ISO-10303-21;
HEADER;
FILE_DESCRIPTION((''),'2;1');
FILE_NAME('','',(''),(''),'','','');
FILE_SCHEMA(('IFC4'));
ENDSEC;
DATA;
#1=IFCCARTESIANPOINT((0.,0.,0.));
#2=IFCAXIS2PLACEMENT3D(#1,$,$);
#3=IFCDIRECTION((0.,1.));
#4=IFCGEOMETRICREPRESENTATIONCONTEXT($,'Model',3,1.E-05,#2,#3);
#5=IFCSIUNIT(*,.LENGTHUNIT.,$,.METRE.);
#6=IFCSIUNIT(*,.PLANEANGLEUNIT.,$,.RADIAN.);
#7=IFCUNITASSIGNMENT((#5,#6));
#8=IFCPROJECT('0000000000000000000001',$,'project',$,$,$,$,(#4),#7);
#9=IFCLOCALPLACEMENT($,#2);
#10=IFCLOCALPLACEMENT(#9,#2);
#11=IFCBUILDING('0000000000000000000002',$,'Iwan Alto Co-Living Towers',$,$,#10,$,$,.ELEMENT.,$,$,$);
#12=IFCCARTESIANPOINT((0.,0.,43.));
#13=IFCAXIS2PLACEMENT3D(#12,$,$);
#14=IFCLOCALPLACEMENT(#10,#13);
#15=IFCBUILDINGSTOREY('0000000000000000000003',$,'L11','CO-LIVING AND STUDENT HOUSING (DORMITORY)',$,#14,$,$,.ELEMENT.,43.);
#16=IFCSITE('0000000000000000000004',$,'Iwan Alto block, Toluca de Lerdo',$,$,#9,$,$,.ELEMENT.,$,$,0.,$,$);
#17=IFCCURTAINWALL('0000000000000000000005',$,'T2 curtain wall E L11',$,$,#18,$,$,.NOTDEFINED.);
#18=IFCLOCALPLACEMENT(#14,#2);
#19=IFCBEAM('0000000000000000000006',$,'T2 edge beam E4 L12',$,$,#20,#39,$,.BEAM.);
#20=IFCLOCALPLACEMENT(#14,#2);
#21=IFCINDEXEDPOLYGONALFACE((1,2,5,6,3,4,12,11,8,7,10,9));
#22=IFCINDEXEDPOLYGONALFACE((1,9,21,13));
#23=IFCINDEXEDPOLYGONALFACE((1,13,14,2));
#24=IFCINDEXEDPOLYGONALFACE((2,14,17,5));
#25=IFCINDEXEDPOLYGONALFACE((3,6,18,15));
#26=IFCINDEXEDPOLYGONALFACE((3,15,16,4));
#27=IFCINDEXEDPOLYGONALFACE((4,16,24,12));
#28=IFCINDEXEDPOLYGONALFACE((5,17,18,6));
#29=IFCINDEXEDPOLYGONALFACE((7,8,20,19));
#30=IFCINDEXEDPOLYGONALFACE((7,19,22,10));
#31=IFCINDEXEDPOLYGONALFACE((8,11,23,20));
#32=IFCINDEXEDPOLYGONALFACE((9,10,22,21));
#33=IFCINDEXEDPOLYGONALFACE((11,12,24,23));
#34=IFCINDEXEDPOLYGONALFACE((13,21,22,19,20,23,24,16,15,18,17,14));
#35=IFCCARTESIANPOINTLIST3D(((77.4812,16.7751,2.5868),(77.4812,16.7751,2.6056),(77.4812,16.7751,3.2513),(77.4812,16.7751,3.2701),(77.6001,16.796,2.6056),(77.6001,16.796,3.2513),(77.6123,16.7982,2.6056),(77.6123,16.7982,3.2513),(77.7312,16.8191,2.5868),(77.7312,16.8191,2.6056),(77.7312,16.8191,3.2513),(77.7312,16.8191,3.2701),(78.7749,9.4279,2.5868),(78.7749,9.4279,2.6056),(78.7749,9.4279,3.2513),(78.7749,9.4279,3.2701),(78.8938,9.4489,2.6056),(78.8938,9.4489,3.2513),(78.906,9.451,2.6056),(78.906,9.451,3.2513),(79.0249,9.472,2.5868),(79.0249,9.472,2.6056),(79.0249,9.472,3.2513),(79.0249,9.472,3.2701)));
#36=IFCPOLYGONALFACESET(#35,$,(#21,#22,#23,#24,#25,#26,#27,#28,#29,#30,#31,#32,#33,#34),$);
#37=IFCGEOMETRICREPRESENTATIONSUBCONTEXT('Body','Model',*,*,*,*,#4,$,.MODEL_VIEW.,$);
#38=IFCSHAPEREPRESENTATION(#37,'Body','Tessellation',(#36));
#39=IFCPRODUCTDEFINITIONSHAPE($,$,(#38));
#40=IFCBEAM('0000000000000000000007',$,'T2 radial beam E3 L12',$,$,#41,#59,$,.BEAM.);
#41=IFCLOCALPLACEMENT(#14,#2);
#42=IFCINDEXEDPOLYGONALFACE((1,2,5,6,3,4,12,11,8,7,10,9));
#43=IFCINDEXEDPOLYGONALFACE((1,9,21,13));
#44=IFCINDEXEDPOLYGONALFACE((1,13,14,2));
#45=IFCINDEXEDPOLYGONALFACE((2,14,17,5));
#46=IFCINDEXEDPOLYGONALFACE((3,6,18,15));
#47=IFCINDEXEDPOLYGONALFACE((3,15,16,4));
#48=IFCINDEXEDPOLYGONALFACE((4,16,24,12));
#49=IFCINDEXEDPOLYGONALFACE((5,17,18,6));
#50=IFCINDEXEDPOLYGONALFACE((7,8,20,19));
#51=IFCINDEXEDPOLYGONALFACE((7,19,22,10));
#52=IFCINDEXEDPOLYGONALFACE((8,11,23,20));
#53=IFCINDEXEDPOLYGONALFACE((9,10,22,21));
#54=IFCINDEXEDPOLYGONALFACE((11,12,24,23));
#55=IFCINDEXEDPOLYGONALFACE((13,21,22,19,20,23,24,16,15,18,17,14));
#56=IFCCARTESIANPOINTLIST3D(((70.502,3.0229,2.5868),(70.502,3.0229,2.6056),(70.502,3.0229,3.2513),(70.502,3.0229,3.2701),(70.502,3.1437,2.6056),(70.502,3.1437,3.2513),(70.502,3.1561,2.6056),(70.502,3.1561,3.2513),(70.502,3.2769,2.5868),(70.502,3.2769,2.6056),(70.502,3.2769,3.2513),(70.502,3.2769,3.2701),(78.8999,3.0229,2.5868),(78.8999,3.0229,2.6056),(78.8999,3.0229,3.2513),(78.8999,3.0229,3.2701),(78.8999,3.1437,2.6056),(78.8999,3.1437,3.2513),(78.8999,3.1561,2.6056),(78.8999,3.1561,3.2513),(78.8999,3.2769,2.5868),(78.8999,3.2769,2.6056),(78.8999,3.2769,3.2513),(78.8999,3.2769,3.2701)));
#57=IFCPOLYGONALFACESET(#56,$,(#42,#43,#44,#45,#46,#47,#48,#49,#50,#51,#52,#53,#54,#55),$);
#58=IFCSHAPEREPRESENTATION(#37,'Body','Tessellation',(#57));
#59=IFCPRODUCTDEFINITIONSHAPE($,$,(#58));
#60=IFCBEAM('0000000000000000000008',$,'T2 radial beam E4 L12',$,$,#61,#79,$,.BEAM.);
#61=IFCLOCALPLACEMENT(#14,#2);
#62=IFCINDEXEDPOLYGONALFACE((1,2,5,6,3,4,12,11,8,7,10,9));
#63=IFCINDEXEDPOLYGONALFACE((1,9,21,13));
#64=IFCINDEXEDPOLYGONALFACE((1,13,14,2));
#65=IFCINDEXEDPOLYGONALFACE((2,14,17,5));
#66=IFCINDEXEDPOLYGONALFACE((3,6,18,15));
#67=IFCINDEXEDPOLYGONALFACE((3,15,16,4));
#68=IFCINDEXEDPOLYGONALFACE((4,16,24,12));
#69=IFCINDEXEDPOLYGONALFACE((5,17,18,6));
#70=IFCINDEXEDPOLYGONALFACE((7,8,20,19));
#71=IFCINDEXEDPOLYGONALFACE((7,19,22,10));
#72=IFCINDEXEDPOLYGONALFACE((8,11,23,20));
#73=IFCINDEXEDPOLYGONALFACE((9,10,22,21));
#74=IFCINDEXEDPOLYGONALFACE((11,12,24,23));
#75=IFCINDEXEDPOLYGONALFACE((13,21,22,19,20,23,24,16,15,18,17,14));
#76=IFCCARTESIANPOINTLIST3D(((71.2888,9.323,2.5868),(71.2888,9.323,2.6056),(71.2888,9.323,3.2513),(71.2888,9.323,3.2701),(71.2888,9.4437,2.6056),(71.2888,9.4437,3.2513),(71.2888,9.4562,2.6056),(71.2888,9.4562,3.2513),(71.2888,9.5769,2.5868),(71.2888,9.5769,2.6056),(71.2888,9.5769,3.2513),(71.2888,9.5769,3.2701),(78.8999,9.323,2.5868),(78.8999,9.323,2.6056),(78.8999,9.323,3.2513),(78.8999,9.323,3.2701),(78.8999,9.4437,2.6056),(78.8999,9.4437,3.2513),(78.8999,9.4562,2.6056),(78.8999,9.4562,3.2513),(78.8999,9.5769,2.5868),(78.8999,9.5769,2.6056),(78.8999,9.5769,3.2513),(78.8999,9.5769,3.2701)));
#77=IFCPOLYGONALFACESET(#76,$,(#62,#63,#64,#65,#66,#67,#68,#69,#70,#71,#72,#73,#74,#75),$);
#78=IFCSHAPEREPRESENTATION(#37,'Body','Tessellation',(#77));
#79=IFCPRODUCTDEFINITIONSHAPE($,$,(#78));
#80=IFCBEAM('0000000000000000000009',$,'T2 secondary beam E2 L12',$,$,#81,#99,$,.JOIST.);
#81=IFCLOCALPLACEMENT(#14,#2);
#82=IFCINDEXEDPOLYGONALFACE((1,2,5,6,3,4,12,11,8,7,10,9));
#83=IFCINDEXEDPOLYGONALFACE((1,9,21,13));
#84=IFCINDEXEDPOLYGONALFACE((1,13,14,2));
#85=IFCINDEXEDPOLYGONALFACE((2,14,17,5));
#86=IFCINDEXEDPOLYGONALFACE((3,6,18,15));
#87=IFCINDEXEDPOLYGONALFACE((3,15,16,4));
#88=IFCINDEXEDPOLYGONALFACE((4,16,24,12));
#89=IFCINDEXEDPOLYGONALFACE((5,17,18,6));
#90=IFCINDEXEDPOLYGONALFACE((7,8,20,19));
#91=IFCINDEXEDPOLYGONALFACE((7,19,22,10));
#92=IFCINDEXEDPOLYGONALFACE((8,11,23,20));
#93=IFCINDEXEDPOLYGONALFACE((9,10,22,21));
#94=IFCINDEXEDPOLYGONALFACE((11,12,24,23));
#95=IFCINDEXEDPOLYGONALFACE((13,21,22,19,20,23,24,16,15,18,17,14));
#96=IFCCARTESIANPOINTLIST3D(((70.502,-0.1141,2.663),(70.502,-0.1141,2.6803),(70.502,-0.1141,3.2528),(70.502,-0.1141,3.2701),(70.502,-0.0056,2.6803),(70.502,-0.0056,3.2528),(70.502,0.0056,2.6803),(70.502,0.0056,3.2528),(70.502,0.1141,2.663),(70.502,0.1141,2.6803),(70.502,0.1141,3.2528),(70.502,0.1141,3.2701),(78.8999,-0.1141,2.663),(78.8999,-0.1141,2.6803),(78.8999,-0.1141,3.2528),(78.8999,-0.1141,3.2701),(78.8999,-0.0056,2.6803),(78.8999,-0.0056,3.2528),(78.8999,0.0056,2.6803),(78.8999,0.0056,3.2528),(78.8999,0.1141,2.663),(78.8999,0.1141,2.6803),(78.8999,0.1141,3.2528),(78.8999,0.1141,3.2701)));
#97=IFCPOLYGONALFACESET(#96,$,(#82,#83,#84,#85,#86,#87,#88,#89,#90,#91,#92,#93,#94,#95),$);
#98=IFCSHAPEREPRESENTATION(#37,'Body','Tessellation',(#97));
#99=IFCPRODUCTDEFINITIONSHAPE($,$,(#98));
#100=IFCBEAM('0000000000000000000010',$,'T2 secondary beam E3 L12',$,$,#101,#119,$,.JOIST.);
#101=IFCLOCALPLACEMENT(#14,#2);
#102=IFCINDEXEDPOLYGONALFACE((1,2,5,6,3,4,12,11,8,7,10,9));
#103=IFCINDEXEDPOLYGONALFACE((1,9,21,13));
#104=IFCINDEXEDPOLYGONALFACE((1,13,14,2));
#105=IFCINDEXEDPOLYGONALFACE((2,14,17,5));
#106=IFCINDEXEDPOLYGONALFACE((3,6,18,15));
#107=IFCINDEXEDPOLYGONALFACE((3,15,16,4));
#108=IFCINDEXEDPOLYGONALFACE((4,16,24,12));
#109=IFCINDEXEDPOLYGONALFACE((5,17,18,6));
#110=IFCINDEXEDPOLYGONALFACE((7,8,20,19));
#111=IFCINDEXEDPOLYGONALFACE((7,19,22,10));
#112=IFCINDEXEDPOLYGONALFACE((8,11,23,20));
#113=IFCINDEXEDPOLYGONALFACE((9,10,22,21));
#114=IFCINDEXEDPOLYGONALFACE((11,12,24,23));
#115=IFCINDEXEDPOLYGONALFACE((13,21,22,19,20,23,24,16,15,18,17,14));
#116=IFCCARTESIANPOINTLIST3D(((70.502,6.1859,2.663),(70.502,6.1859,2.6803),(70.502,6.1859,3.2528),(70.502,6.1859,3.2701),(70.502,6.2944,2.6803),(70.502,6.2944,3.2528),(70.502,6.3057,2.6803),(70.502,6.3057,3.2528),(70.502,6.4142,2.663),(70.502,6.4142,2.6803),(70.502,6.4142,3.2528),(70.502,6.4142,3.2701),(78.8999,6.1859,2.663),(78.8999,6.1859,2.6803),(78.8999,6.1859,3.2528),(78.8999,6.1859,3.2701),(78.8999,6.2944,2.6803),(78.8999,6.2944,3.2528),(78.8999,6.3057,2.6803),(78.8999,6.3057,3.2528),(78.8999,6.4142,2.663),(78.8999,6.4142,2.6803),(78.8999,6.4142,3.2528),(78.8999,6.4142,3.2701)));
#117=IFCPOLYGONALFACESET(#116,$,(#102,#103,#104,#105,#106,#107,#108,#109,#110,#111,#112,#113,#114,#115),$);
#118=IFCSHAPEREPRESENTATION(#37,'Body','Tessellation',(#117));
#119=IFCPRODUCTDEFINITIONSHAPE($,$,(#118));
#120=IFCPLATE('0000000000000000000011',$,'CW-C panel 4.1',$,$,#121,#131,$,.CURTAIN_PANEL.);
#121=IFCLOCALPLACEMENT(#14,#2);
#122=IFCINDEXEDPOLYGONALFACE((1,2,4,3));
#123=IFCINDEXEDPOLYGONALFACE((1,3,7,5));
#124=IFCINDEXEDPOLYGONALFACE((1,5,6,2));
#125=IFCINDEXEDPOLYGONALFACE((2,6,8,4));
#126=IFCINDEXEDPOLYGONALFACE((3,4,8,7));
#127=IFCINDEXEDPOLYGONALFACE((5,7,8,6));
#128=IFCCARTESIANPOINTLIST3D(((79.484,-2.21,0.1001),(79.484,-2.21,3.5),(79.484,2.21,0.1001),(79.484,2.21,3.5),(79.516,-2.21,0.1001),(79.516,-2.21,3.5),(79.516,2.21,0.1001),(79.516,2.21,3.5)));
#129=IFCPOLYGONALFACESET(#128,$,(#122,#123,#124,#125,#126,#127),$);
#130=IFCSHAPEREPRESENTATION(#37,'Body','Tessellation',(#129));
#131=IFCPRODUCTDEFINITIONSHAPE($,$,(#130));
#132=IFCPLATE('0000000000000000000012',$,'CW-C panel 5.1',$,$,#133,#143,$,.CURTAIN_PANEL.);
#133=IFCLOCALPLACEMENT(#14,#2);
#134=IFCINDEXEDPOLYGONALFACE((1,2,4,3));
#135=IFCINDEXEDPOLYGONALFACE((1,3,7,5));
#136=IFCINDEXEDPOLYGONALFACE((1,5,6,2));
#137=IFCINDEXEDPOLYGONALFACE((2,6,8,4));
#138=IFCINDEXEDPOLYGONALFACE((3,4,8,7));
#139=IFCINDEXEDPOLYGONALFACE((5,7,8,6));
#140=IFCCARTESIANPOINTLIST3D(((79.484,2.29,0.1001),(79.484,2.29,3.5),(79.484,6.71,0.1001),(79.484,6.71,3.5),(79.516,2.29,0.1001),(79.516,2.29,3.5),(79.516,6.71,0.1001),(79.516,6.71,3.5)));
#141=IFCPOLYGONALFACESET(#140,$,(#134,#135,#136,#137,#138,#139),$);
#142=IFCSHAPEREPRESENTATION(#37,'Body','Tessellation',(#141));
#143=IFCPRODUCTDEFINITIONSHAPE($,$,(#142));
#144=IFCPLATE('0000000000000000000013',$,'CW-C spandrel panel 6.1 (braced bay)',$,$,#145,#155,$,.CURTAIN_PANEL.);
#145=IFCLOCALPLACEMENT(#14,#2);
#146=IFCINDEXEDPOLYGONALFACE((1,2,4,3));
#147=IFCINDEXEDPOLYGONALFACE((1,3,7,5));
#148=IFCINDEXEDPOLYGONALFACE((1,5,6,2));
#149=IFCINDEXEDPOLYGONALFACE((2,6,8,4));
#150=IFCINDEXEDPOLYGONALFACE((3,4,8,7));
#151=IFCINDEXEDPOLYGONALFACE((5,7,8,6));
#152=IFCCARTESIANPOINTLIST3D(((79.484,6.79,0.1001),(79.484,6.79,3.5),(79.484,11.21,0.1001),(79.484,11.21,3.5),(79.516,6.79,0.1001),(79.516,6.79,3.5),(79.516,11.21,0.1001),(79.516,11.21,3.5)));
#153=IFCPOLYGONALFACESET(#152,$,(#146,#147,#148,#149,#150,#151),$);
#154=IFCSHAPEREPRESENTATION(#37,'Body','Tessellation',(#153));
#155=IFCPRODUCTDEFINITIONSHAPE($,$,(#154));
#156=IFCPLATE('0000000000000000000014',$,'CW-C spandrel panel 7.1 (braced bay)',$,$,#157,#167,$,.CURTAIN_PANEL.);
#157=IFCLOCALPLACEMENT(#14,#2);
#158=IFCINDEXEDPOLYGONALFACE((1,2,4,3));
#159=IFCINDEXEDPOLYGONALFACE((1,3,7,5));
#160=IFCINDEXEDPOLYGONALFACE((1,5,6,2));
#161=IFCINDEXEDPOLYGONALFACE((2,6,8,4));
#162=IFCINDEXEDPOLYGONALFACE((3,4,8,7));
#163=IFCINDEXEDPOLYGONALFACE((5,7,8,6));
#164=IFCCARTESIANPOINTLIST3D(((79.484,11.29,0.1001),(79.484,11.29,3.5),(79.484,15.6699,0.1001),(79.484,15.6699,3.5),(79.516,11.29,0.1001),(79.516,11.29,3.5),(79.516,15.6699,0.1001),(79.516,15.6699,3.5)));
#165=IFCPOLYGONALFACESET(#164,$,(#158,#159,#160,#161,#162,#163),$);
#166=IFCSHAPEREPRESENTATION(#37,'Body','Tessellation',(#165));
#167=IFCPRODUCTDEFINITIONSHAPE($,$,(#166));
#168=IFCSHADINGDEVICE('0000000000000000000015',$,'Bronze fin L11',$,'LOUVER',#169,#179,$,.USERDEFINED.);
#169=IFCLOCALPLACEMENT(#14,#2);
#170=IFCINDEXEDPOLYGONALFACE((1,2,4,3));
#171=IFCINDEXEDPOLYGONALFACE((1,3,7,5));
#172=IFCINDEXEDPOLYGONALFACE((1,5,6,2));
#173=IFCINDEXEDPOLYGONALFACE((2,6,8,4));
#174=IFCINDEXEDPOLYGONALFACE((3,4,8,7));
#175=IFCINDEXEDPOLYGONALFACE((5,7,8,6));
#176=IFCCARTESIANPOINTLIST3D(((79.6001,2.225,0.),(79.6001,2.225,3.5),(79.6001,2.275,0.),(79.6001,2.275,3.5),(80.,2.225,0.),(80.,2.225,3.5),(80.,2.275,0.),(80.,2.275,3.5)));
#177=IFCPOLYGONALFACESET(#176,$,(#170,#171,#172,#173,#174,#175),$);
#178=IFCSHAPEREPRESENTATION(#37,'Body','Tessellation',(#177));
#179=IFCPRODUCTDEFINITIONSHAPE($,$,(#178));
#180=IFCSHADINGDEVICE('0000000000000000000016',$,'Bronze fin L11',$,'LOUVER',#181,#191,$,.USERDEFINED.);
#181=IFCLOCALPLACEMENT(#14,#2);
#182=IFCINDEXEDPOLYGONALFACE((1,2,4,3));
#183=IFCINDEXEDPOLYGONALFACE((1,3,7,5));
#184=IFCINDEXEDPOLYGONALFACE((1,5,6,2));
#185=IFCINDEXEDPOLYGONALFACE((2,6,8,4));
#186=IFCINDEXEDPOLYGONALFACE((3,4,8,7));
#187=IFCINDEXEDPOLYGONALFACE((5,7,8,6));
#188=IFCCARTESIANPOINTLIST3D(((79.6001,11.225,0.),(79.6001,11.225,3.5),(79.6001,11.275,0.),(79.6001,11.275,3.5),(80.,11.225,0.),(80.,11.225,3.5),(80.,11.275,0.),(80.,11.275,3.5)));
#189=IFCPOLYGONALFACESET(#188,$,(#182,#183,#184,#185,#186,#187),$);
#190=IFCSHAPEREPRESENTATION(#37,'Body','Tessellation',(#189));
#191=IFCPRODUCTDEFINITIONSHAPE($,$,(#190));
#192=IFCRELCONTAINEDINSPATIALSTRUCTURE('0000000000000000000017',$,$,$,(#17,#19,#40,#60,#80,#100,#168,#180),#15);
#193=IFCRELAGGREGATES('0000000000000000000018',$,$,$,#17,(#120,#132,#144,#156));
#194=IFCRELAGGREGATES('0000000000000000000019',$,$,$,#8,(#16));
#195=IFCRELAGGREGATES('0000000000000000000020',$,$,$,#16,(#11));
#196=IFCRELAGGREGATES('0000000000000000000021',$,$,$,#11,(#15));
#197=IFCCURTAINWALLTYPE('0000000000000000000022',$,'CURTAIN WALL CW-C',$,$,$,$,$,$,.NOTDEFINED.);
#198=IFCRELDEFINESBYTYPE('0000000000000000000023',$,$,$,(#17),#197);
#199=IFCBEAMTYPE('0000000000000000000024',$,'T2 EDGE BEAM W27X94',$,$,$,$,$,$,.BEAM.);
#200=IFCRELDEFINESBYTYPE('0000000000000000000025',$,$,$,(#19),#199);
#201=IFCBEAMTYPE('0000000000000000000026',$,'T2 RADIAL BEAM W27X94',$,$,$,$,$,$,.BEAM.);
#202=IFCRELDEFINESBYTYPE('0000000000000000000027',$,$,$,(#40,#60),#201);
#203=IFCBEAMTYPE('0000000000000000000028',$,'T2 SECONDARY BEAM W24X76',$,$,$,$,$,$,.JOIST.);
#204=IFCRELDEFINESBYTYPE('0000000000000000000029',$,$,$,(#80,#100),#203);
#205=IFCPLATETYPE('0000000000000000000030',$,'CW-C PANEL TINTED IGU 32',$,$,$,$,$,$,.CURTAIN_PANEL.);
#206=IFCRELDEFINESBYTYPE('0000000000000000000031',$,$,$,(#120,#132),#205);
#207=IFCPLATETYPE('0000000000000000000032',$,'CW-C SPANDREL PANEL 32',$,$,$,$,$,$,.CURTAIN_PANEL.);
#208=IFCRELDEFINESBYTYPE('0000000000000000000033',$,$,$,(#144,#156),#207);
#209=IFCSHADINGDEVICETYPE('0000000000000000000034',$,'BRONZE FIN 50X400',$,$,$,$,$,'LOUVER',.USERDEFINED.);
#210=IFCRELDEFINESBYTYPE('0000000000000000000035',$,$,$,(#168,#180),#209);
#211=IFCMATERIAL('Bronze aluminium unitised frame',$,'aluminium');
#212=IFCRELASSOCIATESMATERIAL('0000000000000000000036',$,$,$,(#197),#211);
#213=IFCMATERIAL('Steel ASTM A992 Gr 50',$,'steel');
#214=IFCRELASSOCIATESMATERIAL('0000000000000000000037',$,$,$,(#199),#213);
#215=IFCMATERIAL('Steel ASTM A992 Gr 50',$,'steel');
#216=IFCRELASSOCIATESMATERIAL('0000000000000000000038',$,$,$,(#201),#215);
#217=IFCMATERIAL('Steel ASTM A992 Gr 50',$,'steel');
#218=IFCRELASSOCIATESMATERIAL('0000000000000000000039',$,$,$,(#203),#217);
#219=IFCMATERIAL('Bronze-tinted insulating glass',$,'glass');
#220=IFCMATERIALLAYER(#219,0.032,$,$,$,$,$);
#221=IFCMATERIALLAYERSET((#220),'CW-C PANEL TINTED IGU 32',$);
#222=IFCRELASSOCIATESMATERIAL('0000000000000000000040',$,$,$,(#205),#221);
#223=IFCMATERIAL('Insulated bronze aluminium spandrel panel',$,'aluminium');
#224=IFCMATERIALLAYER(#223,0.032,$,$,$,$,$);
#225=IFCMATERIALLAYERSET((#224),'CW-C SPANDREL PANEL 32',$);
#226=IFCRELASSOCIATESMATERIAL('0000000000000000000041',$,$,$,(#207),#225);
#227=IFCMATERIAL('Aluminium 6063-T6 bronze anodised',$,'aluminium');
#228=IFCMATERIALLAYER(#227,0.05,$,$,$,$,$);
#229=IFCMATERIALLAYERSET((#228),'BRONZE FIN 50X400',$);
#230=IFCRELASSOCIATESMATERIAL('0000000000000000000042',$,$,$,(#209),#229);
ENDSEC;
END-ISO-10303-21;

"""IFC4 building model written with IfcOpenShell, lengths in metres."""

from ifc_helpers import new_model, si_unit, direction, frame, origin, origin_2d, place, context, subcontext, project, spatial, rectangle, i_section, extrude, material, layer, layer_set, material_profile, profile_set, type_object, element, aggregate, save


model = new_model("IFC4")

# Units and contexts
model_context = context("Model", 3, precision=1e-05, world=origin(), true_north=direction((0.0, 1.0)))
body_context = subcontext(model_context, "Body", "Model", "MODEL_VIEW")
ifc_project = project(units=[si_unit("LENGTHUNIT", "METRE"), si_unit("PLANEANGLEUNIT", "RADIAN")], contexts=[model_context])

# Site, building, storey
site_placement = place(None, origin())
site = spatial("IfcSite", under=ifc_project, at=site_placement, Name="Iwan Alto block, Toluca de Lerdo", CompositionType="ELEMENT", RefElevation=0.0)
building_placement = place(site_placement, origin())
building = spatial("IfcBuilding", under=site, at=building_placement, Name="Iwan Alto Co-Living Towers", CompositionType="ELEMENT")
storey_placement = place(building_placement, frame((0.0, 0.0, 43.0)))
storey = spatial("IfcBuildingStorey", under=building, at=storey_placement, Name="L11", Description="CO-LIVING AND STUDENT HOUSING (DORMITORY)", CompositionType="ELEMENT", Elevation=43.0)

# Curtain wall
ifc_material_1 = material(Name="Bronze aluminium unitised frame", Category="aluminium")
curtain_wall_type = type_object("IfcCurtainWallType", Name="CURTAIN WALL CW-C", PredefinedType="NOTDEFINED", material=ifc_material_1)
curtain_wall_placement = place(storey_placement, origin())
curtain_wall = element("IfcCurtainWall", 1, at=curtain_wall_placement, inside=storey, type_object=curtain_wall_type, Name="T2 curtain wall E L11", PredefinedType="NOTDEFINED")

# Beams
ifc_material_2 = material(Name="Steel ASTM A992 Gr 50", Category="steel")
ifc_material_profile_1 = material_profile(ifc_material_2, i_section(OverallWidth=0.2539, OverallDepth=0.6833, WebThickness=0.0125, FlangeThickness=0.0188, at=origin_2d()), Name="W27X94")
ifc_profile_set_1 = profile_set([ifc_material_profile_1], Name="Steel ASTM A992 Gr 50")
beam_type_1 = type_object("IfcBeamType", Name="T2 EDGE BEAM W27X94", PredefinedType="BEAM", material=ifc_profile_set_1)
beam_1_placement = place(storey_placement, frame((78.8999, 9.45, 2.9285), z_axis=(-0.173414, 0.984849, 0.0), x_axis=(-0.984849, -0.173414, 0.0)))
element("IfcBeam", 2, at=beam_1_placement, inside=storey, type_object=beam_type_1, Name="T2 edge beam E4 L12", PredefinedType="BEAM", context=body_context, shape_type="SweptSolid", body=[
    extrude(i_section(OverallWidth=0.2539, OverallDepth=0.6833, WebThickness=0.0125, FlangeThickness=0.0188, at=origin_2d()), origin(), (0.0, 0.0, 1.0), 7.4602),
])
ifc_material_3 = material(Name="Steel ASTM A992 Gr 50", Category="steel")
ifc_material_profile_2 = material_profile(ifc_material_3, i_section(OverallWidth=0.2539, OverallDepth=0.6833, WebThickness=0.0125, FlangeThickness=0.0188, at=origin_2d()), Name="W27X94")
ifc_profile_set_2 = profile_set([ifc_material_profile_2], Name="Steel ASTM A992 Gr 50")
beam_type_2 = type_object("IfcBeamType", Name="T2 RADIAL BEAM W27X94", PredefinedType="BEAM", material=ifc_profile_set_2)
beam_2_placement = place(storey_placement, frame((78.8999, 3.1499, 2.9285), z_axis=(-1.0, 0.0, 0.0), x_axis=(0.0, -1.0, 0.0)))
element("IfcBeam", 3, at=beam_2_placement, inside=storey, type_object=beam_type_2, Name="T2 radial beam E3 L12", PredefinedType="BEAM", context=body_context, shape_type="SweptSolid", body=[
    extrude(i_section(OverallWidth=0.2539, OverallDepth=0.6833, WebThickness=0.0125, FlangeThickness=0.0188, at=origin_2d()), origin(), (0.0, 0.0, 1.0), 8.3979),
])
beam_3_placement = place(storey_placement, frame((78.8999, 9.45, 2.9285), z_axis=(-1.0, 0.0, 0.0), x_axis=(0.0, -1.0, 0.0)))
element("IfcBeam", 4, at=beam_3_placement, inside=storey, type_object=beam_type_2, Name="T2 radial beam E4 L12", PredefinedType="BEAM", context=body_context, shape_type="SweptSolid", body=[
    extrude(i_section(OverallWidth=0.2539, OverallDepth=0.6833, WebThickness=0.0125, FlangeThickness=0.0188, at=origin_2d()), origin(), (0.0, 0.0, 1.0), 7.6111),
])
ifc_material_4 = material(Name="Steel ASTM A992 Gr 50", Category="steel")
ifc_material_profile_3 = material_profile(ifc_material_4, i_section(OverallWidth=0.2283, OverallDepth=0.6072, WebThickness=0.0112, FlangeThickness=0.0173, at=origin_2d()), Name="W24X76")
ifc_profile_set_3 = profile_set([ifc_material_profile_3], Name="Steel ASTM A992 Gr 50")
beam_type_3 = type_object("IfcBeamType", Name="T2 SECONDARY BEAM W24X76", PredefinedType="JOIST", material=ifc_profile_set_3)
for number, where, z_axis, x_axis, name in (
    (5, (78.8999, 0.0, 2.9666), (-1.0, 0.0, 0.0), (0.0, -1.0, 0.0), "T2 secondary beam E2 L12"),
    (6, (78.8999, 6.3, 2.9666), (-1.0, 0.0, 0.0), (0.0, -1.0, 0.0), "T2 secondary beam E3 L12"),
):
    element("IfcBeam", number, at=place(storey_placement, frame(where, z_axis=z_axis, x_axis=x_axis)), inside=storey, type_object=beam_type_3, Name=name, PredefinedType="JOIST", context=body_context, shape_type="SweptSolid", body=[
        extrude(i_section(OverallWidth=0.2283, OverallDepth=0.6072, WebThickness=0.0112, FlangeThickness=0.0173, at=origin_2d()), origin(), (0.0, 0.0, 1.0), 8.3979),
    ])

# Plates
ifc_material_5 = material(Name="Bronze-tinted insulating glass", Category="glass")
ifc_layer_1 = layer(ifc_material_5, 0.032)
ifc_layer_set_1 = layer_set([ifc_layer_1], Name="CW-C PANEL TINTED IGU 32")
plate_type_1 = type_object("IfcPlateType", Name="CW-C PANEL TINTED IGU 32", PredefinedType="CURTAIN_PANEL", material=ifc_layer_set_1)
plate_1_placement = place(storey_placement, frame((79.5, 0.0, 0.1001), z_axis=(0.0, 0.0, 1.0), x_axis=(0.0, 1.0, 0.0)))
plate_1 = element("IfcPlate", 7, at=plate_1_placement, type_object=plate_type_1, Name="CW-C panel 4.1", PredefinedType="CURTAIN_PANEL", context=body_context, shape_type="SweptSolid", body=[
    extrude(rectangle(XDim=4.4199, YDim=0.032, at=origin_2d()), origin(), (0.0, 0.0, 1.0), 3.3999),
])
plate_2_placement = place(storey_placement, frame((79.5, 4.5, 0.1001), z_axis=(0.0, 0.0, 1.0), x_axis=(0.0, 1.0, 0.0)))
plate_2 = element("IfcPlate", 8, at=plate_2_placement, type_object=plate_type_1, Name="CW-C panel 5.1", PredefinedType="CURTAIN_PANEL", context=body_context, shape_type="SweptSolid", body=[
    extrude(rectangle(XDim=4.4199, YDim=0.032, at=origin_2d()), origin(), (0.0, 0.0, 1.0), 3.3999),
])
ifc_material_6 = material(Name="Insulated bronze aluminium spandrel panel", Category="aluminium")
ifc_layer_2 = layer(ifc_material_6, 0.032)
ifc_layer_set_2 = layer_set([ifc_layer_2], Name="CW-C SPANDREL PANEL 32")
plate_type_2 = type_object("IfcPlateType", Name="CW-C SPANDREL PANEL 32", PredefinedType="CURTAIN_PANEL", material=ifc_layer_set_2)
plate_3_placement = place(storey_placement, frame((79.5, 9.0, 0.1001), z_axis=(0.0, 0.0, 1.0), x_axis=(0.0, 1.0, 0.0)))
plate_3 = element("IfcPlate", 9, at=plate_3_placement, type_object=plate_type_2, Name="CW-C spandrel panel 6.1 (braced bay)", PredefinedType="CURTAIN_PANEL", context=body_context, shape_type="SweptSolid", body=[
    extrude(rectangle(XDim=4.4199, YDim=0.032, at=origin_2d()), origin(), (0.0, 0.0, 1.0), 3.3999),
])
plate_4_placement = place(storey_placement, frame((79.5, 13.48, 0.1001), z_axis=(0.0, 0.0, 1.0), x_axis=(0.0, 1.0, 0.0)))
plate_4 = element("IfcPlate", 10, at=plate_4_placement, type_object=plate_type_2, Name="CW-C spandrel panel 7.1 (braced bay)", PredefinedType="CURTAIN_PANEL", context=body_context, shape_type="SweptSolid", body=[
    extrude(rectangle(XDim=4.3799, YDim=0.032, at=origin_2d()), origin(), (0.0, 0.0, 1.0), 3.3999),
])
aggregate(curtain_wall, [plate_1, plate_2, plate_3, plate_4])

# Shading devices
ifc_material_7 = material(Name="Aluminium 6063-T6 bronze anodised", Category="aluminium")
ifc_layer_3 = layer(ifc_material_7, 0.05)
ifc_layer_set_3 = layer_set([ifc_layer_3], Name="BRONZE FIN 50X400")
shading_device_type = type_object("IfcShadingDeviceType", Name="BRONZE FIN 50X400", ElementType="LOUVER", PredefinedType="USERDEFINED", material=ifc_layer_set_3)
for number, where, z_axis, x_axis, name in (
    (11, (79.8, 2.25, 0.0), (0.0, 0.0, 1.0), (0.0, 1.0, 0.0), "Bronze fin L11"),
    (12, (79.8, 11.25, 0.0), (0.0, 0.0, 1.0), (0.0, 1.0, 0.0), "Bronze fin L11"),
):
    element("IfcShadingDevice", number, at=place(storey_placement, frame(where, z_axis=z_axis, x_axis=x_axis)), inside=storey, type_object=shading_device_type, Name=name, ObjectType="LOUVER", PredefinedType="USERDEFINED", context=body_context, shape_type="SweptSolid", body=[
        extrude(rectangle(XDim=0.05, YDim=0.3999, at=origin_2d()), origin(), (0.0, 0.0, 1.0), 3.5),
    ])

save(model, "model.ifc")
